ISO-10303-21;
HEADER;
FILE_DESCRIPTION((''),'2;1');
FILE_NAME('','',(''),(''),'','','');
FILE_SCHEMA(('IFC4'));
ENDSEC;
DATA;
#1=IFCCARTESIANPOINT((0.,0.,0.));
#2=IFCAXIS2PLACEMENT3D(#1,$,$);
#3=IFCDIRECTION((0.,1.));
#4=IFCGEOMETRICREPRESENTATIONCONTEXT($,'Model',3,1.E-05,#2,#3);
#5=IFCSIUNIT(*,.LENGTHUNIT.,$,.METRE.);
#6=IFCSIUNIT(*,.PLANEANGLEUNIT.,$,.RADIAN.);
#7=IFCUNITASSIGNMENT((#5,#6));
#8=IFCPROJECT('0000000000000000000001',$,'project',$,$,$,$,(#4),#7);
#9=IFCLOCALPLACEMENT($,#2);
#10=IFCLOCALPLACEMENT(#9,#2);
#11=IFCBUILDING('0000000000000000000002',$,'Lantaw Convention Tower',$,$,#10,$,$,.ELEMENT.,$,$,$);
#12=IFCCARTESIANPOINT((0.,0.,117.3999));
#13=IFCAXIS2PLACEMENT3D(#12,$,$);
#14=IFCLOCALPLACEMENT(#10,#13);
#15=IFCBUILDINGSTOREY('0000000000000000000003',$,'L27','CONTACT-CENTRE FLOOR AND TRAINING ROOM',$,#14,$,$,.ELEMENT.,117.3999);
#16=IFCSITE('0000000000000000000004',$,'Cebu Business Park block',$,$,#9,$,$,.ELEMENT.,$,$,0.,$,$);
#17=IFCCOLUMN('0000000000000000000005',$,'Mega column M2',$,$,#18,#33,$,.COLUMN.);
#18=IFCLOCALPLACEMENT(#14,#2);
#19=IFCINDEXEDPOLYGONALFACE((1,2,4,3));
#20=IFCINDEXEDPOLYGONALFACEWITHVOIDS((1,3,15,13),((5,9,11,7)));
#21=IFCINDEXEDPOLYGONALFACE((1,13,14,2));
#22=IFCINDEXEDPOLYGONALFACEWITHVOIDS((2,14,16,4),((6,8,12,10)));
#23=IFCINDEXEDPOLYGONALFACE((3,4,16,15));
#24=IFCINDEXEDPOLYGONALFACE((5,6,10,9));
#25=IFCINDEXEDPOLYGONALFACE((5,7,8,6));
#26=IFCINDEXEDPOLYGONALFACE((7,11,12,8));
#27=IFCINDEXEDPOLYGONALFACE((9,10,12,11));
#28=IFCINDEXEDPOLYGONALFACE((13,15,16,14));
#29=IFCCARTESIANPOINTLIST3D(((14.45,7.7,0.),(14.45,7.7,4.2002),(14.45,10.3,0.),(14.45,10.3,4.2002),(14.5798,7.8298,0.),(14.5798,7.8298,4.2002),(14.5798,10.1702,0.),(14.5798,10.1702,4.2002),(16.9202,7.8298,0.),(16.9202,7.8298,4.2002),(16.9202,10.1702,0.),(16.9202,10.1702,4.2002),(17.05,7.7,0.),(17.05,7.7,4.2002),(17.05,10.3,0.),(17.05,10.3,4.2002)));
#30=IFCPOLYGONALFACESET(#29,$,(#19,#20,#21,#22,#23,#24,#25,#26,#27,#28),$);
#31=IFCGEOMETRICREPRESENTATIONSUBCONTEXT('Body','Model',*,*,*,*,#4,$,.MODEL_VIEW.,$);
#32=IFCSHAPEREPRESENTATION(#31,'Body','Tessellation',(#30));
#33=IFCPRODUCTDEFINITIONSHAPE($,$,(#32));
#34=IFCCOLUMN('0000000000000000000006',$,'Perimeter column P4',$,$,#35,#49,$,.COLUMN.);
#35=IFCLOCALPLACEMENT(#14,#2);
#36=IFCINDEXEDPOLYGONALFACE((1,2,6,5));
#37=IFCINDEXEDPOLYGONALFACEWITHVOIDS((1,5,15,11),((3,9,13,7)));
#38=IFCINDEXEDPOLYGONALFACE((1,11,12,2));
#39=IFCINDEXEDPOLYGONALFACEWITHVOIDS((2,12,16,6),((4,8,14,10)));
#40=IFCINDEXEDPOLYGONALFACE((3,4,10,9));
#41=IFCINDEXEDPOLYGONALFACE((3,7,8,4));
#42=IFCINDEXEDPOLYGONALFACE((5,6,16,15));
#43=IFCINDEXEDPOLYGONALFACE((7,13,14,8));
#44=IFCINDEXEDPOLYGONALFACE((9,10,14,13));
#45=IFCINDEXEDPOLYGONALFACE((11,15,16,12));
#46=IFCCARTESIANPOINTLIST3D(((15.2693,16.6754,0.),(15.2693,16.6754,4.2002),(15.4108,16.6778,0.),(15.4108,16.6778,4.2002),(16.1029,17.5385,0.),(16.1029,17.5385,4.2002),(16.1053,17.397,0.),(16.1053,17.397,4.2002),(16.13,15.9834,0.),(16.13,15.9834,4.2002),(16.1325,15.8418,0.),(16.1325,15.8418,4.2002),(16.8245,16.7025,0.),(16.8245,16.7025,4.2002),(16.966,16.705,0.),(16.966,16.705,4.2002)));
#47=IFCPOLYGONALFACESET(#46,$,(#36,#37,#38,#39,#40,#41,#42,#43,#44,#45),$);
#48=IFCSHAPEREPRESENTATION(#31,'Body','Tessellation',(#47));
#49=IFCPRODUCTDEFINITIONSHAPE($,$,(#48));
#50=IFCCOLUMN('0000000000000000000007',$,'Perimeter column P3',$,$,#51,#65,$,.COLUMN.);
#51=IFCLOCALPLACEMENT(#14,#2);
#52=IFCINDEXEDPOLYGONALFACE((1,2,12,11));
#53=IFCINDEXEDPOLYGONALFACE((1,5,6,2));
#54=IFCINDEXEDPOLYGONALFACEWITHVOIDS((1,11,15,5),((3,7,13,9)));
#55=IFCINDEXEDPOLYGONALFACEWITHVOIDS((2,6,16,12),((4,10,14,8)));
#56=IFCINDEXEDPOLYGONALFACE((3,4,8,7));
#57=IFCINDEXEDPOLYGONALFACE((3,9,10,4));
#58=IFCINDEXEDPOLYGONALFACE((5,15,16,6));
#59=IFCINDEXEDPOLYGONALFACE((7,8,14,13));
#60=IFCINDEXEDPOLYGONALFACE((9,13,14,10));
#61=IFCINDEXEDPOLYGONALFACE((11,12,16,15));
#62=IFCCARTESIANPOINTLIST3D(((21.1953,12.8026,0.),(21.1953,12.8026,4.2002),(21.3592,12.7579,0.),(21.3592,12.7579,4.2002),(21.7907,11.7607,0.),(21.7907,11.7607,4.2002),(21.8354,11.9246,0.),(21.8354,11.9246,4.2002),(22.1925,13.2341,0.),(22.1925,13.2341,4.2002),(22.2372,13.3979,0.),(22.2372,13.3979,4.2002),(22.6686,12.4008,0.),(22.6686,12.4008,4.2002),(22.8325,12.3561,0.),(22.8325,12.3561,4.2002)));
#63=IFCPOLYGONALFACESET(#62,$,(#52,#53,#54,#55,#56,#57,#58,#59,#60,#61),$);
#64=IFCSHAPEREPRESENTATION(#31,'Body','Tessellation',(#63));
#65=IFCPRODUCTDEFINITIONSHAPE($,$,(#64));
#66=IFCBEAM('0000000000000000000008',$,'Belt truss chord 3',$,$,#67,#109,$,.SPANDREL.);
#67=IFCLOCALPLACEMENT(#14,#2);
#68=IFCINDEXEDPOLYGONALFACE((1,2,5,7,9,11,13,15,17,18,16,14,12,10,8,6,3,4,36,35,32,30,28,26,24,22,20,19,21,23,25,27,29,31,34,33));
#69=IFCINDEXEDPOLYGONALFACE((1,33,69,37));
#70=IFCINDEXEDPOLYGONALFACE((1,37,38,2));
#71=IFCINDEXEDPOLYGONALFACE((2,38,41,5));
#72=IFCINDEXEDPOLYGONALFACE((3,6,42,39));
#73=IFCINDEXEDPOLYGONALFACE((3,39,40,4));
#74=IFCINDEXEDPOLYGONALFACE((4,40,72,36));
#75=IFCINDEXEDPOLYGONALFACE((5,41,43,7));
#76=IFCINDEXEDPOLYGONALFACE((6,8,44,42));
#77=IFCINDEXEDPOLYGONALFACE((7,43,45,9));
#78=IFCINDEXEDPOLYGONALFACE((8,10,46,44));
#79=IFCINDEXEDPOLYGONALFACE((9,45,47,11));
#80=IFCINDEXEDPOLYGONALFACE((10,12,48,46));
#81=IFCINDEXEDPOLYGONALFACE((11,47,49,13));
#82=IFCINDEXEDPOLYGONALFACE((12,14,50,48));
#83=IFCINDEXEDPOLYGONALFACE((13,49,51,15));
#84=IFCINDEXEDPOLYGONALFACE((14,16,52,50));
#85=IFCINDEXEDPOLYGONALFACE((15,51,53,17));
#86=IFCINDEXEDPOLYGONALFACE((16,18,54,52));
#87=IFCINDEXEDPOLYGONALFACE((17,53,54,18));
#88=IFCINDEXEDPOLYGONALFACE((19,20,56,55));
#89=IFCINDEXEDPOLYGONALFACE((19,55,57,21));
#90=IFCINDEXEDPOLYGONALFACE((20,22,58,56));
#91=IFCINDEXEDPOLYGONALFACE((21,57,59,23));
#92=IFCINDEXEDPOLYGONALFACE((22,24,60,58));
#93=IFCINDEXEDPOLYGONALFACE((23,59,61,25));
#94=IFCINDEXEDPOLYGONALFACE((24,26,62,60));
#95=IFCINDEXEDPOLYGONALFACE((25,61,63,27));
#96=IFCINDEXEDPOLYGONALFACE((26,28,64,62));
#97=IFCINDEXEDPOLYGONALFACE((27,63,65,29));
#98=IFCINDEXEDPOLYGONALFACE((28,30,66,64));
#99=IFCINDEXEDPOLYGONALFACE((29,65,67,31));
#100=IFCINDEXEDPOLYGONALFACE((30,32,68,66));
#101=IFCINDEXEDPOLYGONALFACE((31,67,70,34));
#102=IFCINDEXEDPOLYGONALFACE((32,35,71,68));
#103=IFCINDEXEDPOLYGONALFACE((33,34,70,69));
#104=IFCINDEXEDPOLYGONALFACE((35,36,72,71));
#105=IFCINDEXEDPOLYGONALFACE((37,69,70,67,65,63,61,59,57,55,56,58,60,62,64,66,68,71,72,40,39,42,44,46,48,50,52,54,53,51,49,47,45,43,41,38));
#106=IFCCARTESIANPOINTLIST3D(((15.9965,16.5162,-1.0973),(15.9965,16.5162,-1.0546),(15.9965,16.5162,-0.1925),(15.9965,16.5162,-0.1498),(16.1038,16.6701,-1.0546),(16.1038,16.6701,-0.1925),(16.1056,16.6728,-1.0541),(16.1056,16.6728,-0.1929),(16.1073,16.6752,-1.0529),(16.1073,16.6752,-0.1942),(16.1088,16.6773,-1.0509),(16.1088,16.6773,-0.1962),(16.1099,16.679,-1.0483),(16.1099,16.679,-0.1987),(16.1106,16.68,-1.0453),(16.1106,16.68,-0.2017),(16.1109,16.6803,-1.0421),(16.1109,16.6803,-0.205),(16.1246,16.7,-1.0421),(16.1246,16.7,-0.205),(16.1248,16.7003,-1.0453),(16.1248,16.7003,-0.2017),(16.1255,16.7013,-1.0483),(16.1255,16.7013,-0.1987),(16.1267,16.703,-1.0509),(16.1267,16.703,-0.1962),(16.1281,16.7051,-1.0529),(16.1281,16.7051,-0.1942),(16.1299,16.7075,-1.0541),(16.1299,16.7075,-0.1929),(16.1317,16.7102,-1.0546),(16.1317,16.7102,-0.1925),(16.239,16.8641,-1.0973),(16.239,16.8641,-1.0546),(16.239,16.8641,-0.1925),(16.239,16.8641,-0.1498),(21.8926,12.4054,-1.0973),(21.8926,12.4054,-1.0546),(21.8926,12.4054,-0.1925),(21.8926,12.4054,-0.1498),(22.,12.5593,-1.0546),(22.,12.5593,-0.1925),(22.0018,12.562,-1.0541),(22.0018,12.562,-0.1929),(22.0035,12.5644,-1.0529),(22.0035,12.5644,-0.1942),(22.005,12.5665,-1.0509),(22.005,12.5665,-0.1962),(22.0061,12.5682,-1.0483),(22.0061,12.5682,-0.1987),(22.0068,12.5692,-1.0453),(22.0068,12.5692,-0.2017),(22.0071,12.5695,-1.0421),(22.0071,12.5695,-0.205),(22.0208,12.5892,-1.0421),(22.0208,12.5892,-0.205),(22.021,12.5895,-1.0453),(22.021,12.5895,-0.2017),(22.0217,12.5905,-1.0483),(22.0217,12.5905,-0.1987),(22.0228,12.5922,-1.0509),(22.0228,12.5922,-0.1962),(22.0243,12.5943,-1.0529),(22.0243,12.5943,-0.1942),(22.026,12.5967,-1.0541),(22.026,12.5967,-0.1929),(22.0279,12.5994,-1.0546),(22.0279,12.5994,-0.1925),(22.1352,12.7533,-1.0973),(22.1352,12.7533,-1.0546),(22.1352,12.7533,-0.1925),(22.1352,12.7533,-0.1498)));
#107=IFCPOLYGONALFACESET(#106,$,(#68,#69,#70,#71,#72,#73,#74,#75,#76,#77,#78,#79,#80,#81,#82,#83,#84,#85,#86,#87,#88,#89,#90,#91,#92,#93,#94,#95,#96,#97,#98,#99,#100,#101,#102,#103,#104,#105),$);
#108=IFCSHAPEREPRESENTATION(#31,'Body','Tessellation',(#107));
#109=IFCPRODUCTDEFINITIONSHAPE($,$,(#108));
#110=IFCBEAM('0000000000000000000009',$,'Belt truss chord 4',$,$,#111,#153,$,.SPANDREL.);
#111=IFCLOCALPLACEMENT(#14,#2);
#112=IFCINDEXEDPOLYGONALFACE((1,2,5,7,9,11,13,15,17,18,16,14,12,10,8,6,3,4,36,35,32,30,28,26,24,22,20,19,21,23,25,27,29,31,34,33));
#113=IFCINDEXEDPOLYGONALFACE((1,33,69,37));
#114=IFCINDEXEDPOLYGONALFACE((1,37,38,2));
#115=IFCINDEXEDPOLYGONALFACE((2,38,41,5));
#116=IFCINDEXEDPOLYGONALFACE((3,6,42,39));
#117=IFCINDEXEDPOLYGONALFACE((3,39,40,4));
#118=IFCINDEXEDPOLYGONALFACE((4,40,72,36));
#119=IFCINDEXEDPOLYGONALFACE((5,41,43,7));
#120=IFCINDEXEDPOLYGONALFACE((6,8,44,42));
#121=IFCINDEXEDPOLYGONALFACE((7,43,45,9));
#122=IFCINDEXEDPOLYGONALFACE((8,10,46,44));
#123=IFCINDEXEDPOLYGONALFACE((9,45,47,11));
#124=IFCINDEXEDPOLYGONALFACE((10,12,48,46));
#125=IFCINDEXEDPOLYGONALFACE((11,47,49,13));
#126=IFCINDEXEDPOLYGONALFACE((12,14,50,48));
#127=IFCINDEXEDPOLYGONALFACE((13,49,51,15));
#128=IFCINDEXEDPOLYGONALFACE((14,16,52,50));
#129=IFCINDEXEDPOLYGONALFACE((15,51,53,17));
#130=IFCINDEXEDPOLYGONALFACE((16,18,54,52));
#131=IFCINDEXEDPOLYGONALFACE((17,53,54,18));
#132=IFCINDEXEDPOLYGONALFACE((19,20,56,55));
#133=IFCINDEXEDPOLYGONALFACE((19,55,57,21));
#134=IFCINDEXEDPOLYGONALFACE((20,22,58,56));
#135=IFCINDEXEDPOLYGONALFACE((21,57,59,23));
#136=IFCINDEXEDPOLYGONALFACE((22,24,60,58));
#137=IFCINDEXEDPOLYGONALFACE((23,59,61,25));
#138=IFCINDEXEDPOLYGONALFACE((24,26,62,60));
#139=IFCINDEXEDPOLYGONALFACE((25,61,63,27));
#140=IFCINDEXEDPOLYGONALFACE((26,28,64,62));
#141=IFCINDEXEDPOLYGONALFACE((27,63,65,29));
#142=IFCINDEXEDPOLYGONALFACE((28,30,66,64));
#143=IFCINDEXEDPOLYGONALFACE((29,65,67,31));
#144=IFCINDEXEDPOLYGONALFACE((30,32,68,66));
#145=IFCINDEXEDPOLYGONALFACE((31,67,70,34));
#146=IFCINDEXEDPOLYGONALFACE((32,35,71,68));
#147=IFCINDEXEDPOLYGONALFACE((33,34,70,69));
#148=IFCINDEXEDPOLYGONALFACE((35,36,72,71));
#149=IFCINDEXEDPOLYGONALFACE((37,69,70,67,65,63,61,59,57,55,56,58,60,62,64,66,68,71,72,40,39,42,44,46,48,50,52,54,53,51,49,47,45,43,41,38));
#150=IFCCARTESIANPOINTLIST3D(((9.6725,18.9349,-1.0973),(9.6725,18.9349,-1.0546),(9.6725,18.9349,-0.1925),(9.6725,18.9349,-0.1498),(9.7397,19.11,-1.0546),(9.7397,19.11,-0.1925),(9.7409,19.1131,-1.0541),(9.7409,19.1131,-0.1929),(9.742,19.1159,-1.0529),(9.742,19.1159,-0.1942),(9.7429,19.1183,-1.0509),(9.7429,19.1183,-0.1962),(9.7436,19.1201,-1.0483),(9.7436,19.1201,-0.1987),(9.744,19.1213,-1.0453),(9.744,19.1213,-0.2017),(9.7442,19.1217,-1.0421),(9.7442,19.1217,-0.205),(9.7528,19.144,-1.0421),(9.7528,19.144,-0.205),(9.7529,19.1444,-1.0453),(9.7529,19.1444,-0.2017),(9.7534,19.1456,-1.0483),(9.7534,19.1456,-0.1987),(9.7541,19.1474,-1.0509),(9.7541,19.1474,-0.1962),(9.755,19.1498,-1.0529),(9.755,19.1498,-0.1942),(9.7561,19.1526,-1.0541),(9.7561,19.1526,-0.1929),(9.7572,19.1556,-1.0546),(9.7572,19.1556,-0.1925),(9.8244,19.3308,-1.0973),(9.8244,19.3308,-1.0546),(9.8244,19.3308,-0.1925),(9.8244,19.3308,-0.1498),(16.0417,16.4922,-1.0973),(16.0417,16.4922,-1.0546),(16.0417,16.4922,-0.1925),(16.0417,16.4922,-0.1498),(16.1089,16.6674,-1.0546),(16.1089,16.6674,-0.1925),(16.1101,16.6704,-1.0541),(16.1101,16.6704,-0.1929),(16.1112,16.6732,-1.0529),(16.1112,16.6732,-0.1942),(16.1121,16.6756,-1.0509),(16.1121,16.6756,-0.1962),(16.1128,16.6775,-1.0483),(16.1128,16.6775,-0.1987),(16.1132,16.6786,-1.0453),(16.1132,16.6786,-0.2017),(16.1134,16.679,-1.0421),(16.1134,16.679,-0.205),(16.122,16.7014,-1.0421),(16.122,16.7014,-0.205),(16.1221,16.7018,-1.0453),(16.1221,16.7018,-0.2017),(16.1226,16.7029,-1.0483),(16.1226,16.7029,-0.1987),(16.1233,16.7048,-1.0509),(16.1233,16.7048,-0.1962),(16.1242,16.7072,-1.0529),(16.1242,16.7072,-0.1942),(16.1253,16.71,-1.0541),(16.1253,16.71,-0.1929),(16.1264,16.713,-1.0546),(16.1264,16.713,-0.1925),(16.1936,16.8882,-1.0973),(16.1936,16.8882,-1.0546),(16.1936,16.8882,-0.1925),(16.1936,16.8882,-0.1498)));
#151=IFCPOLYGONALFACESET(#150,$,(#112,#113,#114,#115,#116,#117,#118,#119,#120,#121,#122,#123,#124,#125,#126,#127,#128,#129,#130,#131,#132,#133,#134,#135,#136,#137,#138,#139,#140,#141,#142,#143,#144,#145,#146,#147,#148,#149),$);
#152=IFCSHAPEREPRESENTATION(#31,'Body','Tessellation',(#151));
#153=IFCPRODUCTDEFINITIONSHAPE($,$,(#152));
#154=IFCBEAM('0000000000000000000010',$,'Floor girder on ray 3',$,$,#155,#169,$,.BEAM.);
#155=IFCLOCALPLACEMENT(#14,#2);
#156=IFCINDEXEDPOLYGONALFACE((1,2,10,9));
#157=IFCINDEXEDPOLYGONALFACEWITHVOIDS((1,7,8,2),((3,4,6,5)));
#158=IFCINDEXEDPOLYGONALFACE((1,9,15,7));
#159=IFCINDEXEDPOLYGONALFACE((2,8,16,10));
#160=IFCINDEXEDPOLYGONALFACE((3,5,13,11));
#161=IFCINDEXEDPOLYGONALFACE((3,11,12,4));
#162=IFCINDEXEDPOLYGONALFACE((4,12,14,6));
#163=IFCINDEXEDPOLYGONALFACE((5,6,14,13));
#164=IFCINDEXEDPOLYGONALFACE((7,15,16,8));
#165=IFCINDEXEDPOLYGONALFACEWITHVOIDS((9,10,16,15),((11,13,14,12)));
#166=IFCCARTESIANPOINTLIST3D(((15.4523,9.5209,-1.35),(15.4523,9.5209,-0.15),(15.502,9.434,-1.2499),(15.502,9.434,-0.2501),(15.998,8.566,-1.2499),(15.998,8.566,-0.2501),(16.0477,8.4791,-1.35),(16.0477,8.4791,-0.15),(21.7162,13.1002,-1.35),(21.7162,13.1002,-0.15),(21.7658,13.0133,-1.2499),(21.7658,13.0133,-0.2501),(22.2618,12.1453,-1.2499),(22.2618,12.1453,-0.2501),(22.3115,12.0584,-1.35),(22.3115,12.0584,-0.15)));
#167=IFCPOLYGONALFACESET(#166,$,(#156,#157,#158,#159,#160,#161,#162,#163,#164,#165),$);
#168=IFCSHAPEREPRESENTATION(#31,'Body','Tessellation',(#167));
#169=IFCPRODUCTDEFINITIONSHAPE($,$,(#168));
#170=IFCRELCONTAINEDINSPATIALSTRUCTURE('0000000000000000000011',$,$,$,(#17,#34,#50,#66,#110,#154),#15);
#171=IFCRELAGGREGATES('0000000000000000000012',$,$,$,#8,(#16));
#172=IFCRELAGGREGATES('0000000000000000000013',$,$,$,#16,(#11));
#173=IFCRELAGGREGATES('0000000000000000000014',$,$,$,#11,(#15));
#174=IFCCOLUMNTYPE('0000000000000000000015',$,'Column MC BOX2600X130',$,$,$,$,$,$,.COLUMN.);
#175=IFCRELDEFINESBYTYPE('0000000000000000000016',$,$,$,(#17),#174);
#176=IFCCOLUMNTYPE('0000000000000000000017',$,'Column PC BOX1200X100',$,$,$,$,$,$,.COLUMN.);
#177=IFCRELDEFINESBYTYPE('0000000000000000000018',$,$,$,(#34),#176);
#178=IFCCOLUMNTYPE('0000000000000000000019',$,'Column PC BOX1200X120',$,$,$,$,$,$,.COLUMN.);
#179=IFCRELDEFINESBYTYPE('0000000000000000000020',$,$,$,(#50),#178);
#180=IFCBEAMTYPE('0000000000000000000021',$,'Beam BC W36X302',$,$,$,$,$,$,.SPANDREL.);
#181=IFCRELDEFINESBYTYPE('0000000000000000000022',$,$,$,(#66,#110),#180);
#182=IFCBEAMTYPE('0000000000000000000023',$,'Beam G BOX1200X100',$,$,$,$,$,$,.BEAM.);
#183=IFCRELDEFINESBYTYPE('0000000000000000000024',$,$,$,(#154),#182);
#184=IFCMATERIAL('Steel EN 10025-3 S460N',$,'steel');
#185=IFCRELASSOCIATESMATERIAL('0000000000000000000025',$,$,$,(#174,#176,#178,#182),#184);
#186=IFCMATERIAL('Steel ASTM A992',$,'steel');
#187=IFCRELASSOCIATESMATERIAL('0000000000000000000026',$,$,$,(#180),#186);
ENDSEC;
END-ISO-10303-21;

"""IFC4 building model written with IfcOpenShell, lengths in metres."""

from ifc_helpers import new_model, si_unit, direction, frame, origin, origin_2d, place, context, subcontext, project, spatial, rectangle, hollow_rectangle, i_section, extrude, material, material_profile, profile_set, type_object, element, save


model = new_model("IFC4")

# Units and contexts
model_context = context("Model", 3, precision=1e-05, world=origin(), true_north=direction((0.0, 1.0)))
body_context = subcontext(model_context, "Body", "Model", "MODEL_VIEW")
ifc_project = project(units=[si_unit("LENGTHUNIT", "METRE"), si_unit("PLANEANGLEUNIT", "RADIAN")], contexts=[model_context])

# Site, building, storey
site_placement = place(None, origin())
site = spatial("IfcSite", under=ifc_project, at=site_placement, Name="Cebu Business Park block", CompositionType="ELEMENT", RefElevation=0.0)
building_placement = place(site_placement, origin())
building = spatial("IfcBuilding", under=site, at=building_placement, Name="Lantaw Convention Tower", CompositionType="ELEMENT")
storey_placement = place(building_placement, frame((0.0, 0.0, 117.3999)))
storey = spatial("IfcBuildingStorey", under=building, at=storey_placement, Name="L27", Description="CONTACT-CENTRE FLOOR AND TRAINING ROOM", CompositionType="ELEMENT", Elevation=117.3999)

# Columns
ifc_material_1 = material(Name="Steel EN 10025-3 S460N", Category="steel")
ifc_material_profile_1 = material_profile(ifc_material_1, hollow_rectangle(XDim=2.6001, YDim=2.6001, WallThickness=0.1299, at=origin_2d()), Name="BOX2600X130")
ifc_material_2 = material(Name="Concrete C60/75", Category="concrete")
ifc_material_profile_2 = material_profile(ifc_material_2, rectangle(XDim=2.3401, YDim=2.3401, at=origin_2d()), Name="Concrete fill of BOX2600X130")
ifc_profile_set_1 = profile_set([ifc_material_profile_1, ifc_material_profile_2], Name="Steel EN 10025-3 S460N")
column_type_1 = type_object("IfcColumnType", Name="Column MC BOX2600X130", PredefinedType="COLUMN", material=ifc_profile_set_1)
column_1_placement = place(storey_placement, frame((15.75, 9.0, 0.0), z_axis=(0.0, 0.0, 1.0), x_axis=(1.0, 0.0, 0.0)))
element("IfcColumn", 1, at=column_1_placement, inside=storey, type_object=column_type_1, Name="Mega column M2", PredefinedType="COLUMN", context=body_context, shape_type="SweptSolid", body=[
    extrude(hollow_rectangle(XDim=2.6001, YDim=2.6001, WallThickness=0.1299, at=origin_2d()), origin(), (0.0, 0.0, 1.0), 4.2002),
])
ifc_material_profile_3 = material_profile(ifc_material_1, hollow_rectangle(XDim=1.2, YDim=1.2, WallThickness=0.1001, at=origin_2d()), Name="BOX1200X100")
ifc_material_profile_4 = material_profile(ifc_material_2, rectangle(XDim=1.0, YDim=1.0, at=origin_2d()), Name="Concrete fill of BOX1200X100")
ifc_profile_set_2 = profile_set([ifc_material_profile_3, ifc_material_profile_4], Name="Steel EN 10025-3 S460N")
column_type_2 = type_object("IfcColumnType", Name="Column PC BOX1200X100", PredefinedType="COLUMN", material=ifc_profile_set_2)
column_2_placement = place(storey_placement, frame((16.1177, 16.6902, 0.0), z_axis=(0.0, 0.0, 1.0), x_axis=(0.694658, 0.71934, 0.0)))
element("IfcColumn", 2, at=column_2_placement, inside=storey, type_object=column_type_2, Name="Perimeter column P4", PredefinedType="COLUMN", context=body_context, shape_type="SweptSolid", body=[
    extrude(hollow_rectangle(XDim=1.2, YDim=1.2, WallThickness=0.1001, at=origin_2d()), origin(), (0.0, 0.0, 1.0), 4.2002),
])
ifc_material_profile_5 = material_profile(ifc_material_1, hollow_rectangle(XDim=1.2, YDim=1.2, WallThickness=0.1201, at=origin_2d()), Name="BOX1200X120")
ifc_material_profile_6 = material_profile(ifc_material_2, rectangle(XDim=0.96, YDim=0.96, at=origin_2d()), Name="Concrete fill of BOX1200X120")
ifc_profile_set_3 = profile_set([ifc_material_profile_5, ifc_material_profile_6], Name="Steel EN 10025-3 S460N")
column_type_3 = type_object("IfcColumnType", Name="Column PC BOX1200X120", PredefinedType="COLUMN", material=ifc_profile_set_3)
column_3_placement = place(storey_placement, frame((22.0139, 12.5793, 0.0), z_axis=(0.0, 0.0, 1.0), x_axis=(0.868243, 0.496139, 0.0)))
element("IfcColumn", 3, at=column_3_placement, inside=storey, type_object=column_type_3, Name="Perimeter column P3", PredefinedType="COLUMN", context=body_context, shape_type="SweptSolid", body=[
    extrude(hollow_rectangle(XDim=1.2, YDim=1.2, WallThickness=0.1201, at=origin_2d()), origin(), (0.0, 0.0, 1.0), 4.2002),
])

# Beams
ifc_material_3 = material(Name="Steel ASTM A992", Category="steel")
ifc_material_profile_7 = material_profile(ifc_material_3, i_section(OverallWidth=0.4241, OverallDepth=0.9475, WebThickness=0.0239, FlangeThickness=0.0427, FilletRadius=0.0125, at=origin_2d()), Name="W36X302")
ifc_profile_set_4 = profile_set([ifc_material_profile_7], Name="Steel ASTM A992")
beam_type_1 = type_object("IfcBeamType", Name="Beam BC W36X302", PredefinedType="SPANDREL", material=ifc_profile_set_4)
beam_1_placement = place(storey_placement, frame((22.0139, 12.5793, -0.6235), z_axis=(-0.820311, 0.571918, 0.0), x_axis=(-0.571918, -0.820311, 0.0)))
element("IfcBeam", 4, at=beam_1_placement, inside=storey, type_object=beam_type_1, Name="Belt truss chord 3", PredefinedType="SPANDREL", context=body_context, shape_type="SweptSolid", body=[
    extrude(i_section(OverallWidth=0.4241, OverallDepth=0.9475, WebThickness=0.0239, FlangeThickness=0.0427, FilletRadius=0.0125, at=origin_2d()), origin(), (0.0, 0.0, 1.0), 7.1877),
])
beam_2_placement = place(storey_placement, frame((16.1177, 16.6902, -0.6235), z_axis=(-0.933691, 0.35808, 0.0), x_axis=(-0.35808, -0.933691, 0.0)))
element("IfcBeam", 5, at=beam_2_placement, inside=storey, type_object=beam_type_1, Name="Belt truss chord 4", PredefinedType="SPANDREL", context=body_context, shape_type="SweptSolid", body=[
    extrude(i_section(OverallWidth=0.4241, OverallDepth=0.9475, WebThickness=0.0239, FlangeThickness=0.0427, FilletRadius=0.0125, at=origin_2d()), origin(), (0.0, 0.0, 1.0), 6.8215),
])
ifc_material_profile_8 = material_profile(ifc_material_1, hollow_rectangle(XDim=1.2, YDim=1.2, WallThickness=0.1001, at=origin_2d()), Name="BOX1200X100")
ifc_profile_set_5 = profile_set([ifc_material_profile_8], Name="Steel EN 10025-3 S460N")
beam_type_2 = type_object("IfcBeamType", Name="Beam G BOX1200X100", PredefinedType="BEAM", material=ifc_profile_set_5)
beam_3_placement = place(storey_placement, frame((15.75, 9.0, -0.75), z_axis=(0.868245, 0.496135, 0.0), x_axis=(-0.496135, 0.868245, 0.0)))
element("IfcBeam", 6, at=beam_3_placement, inside=storey, type_object=beam_type_2, Name="Floor girder on ray 3", PredefinedType="BEAM", context=body_context, shape_type="SweptSolid", body=[
    extrude(hollow_rectangle(XDim=1.2, YDim=1.2, WallThickness=0.1001, at=origin_2d()), origin(), (0.0, 0.0, 1.0), 7.2144),
])

save(model, "model.ifc")
